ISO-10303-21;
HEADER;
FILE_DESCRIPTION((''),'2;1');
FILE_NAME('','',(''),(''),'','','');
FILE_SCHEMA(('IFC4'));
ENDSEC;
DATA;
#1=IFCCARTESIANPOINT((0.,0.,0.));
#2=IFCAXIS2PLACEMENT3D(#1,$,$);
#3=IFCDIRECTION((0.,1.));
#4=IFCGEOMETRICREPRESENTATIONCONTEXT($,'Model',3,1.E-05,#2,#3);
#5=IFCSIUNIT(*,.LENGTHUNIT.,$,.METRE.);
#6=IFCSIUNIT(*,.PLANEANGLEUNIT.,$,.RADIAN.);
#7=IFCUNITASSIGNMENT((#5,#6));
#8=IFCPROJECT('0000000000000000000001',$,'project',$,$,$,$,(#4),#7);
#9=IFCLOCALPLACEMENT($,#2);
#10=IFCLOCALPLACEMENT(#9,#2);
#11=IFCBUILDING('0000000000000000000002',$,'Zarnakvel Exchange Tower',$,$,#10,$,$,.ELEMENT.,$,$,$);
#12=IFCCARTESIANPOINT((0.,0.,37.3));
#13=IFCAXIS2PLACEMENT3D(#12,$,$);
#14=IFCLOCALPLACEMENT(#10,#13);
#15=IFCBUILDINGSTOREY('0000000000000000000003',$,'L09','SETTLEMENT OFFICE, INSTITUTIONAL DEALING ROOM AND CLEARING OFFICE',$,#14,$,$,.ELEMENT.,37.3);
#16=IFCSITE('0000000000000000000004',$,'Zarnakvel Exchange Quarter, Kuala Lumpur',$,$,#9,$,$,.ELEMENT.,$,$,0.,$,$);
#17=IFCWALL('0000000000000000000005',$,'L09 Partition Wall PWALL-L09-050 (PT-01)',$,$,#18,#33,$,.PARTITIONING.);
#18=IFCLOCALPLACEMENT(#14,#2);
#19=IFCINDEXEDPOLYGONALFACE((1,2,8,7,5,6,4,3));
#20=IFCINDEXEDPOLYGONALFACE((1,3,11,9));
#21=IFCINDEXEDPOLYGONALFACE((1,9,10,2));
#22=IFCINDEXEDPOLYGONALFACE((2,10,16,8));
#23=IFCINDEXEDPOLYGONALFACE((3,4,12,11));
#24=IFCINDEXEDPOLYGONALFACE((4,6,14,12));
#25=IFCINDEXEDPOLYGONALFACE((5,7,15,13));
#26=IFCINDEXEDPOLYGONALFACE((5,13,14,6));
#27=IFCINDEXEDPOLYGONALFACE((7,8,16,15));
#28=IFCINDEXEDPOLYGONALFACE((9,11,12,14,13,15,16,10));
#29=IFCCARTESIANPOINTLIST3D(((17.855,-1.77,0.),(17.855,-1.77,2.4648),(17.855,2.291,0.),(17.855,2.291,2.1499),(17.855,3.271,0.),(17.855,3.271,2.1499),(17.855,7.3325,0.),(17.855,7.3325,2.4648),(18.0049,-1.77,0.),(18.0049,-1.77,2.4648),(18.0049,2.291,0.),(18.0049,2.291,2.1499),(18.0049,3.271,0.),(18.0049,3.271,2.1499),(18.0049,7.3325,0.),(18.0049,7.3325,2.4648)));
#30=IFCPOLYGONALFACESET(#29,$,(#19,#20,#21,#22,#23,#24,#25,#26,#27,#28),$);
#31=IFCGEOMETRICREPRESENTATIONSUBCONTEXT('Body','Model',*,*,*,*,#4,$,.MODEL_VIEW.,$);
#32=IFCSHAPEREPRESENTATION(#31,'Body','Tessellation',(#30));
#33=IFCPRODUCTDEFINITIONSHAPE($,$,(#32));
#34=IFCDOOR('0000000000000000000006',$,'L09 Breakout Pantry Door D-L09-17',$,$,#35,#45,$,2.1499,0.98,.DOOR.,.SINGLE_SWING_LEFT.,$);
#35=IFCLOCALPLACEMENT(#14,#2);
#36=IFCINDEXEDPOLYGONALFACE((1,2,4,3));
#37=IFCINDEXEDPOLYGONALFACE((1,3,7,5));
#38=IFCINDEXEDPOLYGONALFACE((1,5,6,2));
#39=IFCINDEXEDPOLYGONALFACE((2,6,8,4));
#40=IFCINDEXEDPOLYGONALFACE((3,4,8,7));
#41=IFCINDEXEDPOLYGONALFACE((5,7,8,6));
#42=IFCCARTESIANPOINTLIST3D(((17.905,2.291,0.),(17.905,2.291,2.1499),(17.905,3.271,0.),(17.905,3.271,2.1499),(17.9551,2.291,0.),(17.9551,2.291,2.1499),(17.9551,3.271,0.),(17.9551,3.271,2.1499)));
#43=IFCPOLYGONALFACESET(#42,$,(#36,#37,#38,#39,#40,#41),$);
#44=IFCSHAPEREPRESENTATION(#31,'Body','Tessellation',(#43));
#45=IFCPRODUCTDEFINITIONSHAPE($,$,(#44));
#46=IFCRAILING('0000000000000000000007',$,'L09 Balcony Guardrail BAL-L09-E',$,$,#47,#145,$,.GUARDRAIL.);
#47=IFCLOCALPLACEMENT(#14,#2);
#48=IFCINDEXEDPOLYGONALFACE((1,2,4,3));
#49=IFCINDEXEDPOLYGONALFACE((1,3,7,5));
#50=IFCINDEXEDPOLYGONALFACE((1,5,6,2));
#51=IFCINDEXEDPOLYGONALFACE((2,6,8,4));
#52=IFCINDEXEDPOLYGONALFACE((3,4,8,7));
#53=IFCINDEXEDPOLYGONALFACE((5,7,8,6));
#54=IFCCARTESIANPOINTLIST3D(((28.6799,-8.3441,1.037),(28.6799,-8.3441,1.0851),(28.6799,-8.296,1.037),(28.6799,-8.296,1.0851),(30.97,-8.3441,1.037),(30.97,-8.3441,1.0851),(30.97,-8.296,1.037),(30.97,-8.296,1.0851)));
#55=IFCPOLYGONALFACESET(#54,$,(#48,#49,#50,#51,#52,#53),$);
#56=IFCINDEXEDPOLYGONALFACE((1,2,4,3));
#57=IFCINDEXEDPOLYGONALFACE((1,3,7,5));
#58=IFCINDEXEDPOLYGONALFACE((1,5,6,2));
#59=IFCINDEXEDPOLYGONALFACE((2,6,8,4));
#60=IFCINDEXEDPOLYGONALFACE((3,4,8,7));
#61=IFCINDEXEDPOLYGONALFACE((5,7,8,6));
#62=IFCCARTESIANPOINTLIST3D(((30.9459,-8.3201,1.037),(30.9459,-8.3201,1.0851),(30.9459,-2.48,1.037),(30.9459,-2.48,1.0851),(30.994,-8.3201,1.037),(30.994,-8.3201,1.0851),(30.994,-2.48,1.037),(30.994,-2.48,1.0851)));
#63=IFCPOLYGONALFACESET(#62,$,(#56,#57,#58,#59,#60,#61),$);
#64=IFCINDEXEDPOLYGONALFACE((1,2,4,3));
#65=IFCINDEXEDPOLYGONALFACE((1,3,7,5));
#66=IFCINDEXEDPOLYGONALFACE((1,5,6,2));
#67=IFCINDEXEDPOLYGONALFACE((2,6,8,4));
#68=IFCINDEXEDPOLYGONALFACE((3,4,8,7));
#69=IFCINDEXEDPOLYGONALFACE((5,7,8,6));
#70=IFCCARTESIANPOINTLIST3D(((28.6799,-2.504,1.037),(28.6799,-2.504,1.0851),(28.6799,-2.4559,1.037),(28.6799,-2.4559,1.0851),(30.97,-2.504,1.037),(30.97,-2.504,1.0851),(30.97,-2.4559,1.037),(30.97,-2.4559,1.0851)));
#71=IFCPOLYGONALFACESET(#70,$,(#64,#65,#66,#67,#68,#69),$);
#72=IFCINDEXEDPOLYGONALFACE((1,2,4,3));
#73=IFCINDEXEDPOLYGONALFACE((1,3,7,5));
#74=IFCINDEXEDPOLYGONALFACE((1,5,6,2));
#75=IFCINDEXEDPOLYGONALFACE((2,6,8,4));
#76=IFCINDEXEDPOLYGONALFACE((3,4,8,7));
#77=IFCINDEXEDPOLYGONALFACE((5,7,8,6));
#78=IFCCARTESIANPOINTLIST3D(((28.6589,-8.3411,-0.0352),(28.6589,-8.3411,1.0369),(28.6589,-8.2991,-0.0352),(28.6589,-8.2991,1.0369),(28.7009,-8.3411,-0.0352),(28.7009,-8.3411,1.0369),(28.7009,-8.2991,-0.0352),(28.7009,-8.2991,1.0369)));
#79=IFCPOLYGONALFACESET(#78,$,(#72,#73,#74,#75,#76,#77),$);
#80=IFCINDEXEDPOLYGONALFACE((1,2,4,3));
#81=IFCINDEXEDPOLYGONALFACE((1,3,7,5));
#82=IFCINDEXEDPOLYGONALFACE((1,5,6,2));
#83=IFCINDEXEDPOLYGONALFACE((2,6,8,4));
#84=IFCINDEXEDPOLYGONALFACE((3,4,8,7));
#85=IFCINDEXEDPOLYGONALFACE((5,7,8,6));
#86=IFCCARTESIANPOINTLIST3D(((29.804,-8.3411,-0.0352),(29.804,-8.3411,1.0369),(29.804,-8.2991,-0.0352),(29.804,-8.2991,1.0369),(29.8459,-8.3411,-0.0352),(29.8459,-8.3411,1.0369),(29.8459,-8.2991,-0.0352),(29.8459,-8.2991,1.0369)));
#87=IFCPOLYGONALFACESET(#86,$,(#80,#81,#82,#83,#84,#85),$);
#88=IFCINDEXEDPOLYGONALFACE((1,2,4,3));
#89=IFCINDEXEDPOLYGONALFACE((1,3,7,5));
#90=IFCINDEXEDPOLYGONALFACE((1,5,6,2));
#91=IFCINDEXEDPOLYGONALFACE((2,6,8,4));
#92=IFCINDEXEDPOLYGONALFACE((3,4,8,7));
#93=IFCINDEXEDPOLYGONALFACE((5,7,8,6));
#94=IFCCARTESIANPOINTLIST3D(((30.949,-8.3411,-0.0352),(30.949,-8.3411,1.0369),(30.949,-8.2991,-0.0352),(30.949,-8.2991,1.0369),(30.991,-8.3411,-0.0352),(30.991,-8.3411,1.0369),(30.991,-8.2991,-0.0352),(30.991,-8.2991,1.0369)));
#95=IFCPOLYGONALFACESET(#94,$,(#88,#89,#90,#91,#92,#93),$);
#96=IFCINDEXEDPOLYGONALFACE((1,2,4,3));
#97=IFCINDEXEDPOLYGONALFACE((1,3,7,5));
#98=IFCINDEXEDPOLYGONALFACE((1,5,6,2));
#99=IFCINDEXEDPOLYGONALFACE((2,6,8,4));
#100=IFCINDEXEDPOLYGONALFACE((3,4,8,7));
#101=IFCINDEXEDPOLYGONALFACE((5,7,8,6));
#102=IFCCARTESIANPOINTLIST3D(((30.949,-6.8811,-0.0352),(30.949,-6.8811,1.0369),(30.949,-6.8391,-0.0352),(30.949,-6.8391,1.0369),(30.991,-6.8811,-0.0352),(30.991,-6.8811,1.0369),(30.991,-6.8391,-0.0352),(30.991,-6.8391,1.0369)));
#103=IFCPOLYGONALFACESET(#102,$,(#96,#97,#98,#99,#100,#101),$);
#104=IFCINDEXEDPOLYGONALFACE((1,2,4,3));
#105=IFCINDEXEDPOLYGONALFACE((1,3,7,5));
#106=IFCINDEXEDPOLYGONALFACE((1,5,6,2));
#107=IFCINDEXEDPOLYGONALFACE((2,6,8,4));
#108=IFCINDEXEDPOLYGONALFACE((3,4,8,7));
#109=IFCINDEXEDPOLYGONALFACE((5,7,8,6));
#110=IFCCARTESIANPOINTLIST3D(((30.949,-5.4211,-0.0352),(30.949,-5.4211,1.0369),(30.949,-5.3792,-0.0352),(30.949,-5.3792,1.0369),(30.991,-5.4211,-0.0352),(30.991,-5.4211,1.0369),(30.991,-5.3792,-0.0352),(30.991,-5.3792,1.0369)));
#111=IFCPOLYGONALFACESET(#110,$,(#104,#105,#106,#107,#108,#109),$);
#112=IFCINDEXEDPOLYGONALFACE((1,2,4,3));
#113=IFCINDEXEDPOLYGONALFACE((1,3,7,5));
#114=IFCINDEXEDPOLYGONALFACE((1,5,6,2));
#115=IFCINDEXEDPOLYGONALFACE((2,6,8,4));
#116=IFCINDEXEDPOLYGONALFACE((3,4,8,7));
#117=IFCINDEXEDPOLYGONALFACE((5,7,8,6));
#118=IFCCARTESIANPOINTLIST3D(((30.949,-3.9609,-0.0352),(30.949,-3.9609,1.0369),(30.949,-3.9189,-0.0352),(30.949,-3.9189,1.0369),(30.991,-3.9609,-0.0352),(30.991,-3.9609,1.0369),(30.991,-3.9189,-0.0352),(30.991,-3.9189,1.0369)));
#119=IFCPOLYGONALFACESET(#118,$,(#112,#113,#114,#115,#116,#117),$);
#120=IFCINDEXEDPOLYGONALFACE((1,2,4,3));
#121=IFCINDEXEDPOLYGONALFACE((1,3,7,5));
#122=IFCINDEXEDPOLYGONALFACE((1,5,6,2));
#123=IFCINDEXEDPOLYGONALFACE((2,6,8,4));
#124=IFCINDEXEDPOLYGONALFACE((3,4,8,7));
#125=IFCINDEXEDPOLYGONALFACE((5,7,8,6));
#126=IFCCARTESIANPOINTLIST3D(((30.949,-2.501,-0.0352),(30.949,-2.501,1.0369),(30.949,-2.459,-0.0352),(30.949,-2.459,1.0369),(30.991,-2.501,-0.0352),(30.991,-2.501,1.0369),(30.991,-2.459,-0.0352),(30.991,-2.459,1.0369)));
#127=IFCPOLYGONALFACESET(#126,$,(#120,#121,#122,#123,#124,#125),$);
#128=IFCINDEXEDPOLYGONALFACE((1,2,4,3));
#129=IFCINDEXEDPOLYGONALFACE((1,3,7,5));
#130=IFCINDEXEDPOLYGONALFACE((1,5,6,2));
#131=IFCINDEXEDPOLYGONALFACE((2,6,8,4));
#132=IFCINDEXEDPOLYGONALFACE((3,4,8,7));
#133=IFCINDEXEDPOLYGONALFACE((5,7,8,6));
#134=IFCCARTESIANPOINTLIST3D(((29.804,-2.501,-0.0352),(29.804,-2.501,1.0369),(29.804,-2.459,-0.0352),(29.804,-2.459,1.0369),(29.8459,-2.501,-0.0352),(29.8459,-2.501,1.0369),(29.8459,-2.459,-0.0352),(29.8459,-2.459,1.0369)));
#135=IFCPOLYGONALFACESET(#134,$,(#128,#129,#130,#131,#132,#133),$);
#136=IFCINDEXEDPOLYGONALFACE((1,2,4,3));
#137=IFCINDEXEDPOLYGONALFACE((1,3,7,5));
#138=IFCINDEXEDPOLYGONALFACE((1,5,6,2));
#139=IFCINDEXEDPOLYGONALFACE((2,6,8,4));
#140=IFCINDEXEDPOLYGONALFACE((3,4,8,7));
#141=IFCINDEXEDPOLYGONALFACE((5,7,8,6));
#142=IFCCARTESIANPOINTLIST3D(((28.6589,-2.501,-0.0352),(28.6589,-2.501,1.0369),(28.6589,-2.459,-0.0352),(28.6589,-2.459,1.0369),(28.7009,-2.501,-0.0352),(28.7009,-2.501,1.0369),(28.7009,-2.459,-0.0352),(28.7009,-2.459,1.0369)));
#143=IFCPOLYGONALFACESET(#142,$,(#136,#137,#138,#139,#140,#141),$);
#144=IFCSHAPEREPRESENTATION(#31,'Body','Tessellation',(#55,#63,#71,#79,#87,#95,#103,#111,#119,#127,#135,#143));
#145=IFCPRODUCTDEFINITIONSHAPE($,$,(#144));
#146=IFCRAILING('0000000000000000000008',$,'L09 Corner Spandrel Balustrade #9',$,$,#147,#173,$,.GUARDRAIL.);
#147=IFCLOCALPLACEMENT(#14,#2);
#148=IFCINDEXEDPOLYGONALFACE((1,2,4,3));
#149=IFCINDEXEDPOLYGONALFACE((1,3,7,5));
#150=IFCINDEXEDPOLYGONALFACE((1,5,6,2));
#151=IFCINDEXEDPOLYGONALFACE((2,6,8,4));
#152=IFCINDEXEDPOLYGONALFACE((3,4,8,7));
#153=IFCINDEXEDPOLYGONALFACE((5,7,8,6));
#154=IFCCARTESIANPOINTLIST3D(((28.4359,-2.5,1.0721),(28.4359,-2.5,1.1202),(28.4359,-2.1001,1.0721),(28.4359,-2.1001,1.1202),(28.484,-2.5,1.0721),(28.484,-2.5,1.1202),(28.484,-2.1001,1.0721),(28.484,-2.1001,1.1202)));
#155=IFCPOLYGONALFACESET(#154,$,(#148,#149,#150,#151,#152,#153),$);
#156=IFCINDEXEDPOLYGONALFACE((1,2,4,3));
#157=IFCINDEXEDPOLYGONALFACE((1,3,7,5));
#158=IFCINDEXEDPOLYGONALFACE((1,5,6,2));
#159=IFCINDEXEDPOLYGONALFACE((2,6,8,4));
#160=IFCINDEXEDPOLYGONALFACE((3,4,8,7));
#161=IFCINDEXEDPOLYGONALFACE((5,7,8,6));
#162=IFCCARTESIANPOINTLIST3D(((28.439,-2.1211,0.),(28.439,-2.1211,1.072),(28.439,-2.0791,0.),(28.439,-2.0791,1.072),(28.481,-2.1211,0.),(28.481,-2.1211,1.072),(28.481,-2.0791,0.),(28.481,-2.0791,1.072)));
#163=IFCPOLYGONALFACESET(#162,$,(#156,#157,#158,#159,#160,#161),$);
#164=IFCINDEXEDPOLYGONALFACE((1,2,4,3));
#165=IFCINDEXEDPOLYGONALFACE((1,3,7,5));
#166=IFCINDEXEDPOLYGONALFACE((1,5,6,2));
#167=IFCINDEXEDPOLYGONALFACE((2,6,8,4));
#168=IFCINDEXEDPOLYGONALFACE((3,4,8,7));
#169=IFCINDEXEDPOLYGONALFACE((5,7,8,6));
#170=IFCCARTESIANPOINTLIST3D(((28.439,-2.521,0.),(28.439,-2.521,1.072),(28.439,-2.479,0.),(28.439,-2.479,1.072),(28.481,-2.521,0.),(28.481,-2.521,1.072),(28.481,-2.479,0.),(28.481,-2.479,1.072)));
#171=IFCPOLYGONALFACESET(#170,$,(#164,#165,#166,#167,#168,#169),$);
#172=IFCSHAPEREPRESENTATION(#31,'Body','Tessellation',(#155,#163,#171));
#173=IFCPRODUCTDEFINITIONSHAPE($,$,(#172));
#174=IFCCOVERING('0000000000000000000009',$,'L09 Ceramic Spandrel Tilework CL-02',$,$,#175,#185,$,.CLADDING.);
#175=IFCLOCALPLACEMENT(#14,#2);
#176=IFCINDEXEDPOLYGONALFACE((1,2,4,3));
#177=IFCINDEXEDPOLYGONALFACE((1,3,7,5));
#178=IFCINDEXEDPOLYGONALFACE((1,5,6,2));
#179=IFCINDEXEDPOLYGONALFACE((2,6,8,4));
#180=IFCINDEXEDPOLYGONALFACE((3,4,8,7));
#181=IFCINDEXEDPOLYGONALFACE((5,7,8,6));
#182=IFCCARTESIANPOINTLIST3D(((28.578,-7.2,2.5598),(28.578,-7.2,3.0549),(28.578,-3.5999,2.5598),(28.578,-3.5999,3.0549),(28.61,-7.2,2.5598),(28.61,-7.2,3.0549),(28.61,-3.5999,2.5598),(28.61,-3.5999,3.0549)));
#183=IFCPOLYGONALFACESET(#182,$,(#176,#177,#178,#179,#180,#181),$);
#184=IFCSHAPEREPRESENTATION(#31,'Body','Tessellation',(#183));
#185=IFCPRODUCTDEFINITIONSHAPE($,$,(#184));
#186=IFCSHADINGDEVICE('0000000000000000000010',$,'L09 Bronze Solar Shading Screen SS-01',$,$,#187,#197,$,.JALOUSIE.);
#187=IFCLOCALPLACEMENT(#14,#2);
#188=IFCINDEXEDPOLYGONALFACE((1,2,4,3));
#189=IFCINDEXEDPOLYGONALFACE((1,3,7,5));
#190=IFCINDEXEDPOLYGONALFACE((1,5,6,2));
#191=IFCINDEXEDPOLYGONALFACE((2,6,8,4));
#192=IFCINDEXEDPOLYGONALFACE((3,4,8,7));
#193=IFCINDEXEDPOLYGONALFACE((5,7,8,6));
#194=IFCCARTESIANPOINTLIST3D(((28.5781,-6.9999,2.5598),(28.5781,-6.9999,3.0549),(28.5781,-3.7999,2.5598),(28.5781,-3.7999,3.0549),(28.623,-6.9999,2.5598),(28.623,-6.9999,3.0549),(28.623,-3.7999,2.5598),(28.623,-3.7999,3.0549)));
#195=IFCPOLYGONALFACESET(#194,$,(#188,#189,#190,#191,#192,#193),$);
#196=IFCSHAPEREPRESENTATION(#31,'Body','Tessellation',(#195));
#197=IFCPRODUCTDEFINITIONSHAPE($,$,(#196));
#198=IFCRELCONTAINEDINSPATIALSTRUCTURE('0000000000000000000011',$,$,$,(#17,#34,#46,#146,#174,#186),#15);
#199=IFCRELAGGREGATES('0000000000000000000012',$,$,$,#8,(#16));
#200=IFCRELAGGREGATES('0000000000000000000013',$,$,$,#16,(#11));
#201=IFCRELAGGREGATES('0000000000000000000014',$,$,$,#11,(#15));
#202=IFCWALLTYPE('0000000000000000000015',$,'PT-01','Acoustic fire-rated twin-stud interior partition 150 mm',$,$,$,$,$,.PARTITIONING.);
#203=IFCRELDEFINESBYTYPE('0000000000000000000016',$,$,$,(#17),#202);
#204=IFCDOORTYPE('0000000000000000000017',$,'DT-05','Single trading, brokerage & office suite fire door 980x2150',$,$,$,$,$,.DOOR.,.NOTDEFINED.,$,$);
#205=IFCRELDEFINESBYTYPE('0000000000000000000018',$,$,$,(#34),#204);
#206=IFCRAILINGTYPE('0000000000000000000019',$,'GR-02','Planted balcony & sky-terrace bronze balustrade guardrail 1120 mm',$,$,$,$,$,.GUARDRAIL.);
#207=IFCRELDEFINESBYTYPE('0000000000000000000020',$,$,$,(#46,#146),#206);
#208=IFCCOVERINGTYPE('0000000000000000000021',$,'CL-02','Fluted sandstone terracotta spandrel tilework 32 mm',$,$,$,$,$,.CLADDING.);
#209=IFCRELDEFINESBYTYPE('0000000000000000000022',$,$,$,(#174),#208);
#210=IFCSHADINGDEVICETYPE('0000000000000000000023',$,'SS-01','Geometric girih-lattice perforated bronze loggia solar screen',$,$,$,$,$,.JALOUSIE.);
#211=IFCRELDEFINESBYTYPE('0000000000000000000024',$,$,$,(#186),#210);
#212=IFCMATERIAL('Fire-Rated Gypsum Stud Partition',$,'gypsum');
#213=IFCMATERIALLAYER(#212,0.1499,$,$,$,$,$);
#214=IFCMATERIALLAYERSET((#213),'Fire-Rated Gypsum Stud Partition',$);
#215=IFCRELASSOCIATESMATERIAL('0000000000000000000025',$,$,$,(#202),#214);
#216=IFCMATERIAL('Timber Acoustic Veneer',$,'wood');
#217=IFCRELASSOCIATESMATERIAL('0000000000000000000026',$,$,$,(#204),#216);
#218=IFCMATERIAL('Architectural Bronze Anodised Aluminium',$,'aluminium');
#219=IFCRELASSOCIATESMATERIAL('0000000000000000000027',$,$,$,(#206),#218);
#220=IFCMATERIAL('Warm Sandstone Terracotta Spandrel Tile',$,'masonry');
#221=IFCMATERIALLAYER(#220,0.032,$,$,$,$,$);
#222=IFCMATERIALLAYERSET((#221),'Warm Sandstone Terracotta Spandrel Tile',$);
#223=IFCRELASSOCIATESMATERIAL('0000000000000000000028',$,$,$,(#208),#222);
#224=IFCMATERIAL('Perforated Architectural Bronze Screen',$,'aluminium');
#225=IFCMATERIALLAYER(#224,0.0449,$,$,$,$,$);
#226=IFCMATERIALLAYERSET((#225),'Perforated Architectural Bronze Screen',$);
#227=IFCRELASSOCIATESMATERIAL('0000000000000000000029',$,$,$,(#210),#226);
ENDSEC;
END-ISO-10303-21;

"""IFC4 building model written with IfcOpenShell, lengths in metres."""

from ifc_helpers import new_model, si_unit, direction, frame, frame_2d, origin, origin_2d, place, context, subcontext, project, spatial, rectangle, extrude, source, transform, mapped, material, layer, layer_set, type_object, element, fill, save


model = new_model("IFC4")

# Units and contexts
model_context = context("Model", 3, precision=1e-05, world=origin(), true_north=direction((0.0, 1.0)))
body_context = subcontext(model_context, "Body", "Model", "MODEL_VIEW")
ifc_project = project(units=[si_unit("LENGTHUNIT", "METRE"), si_unit("PLANEANGLEUNIT", "RADIAN")], contexts=[model_context])

# Site, building, storey
site_placement = place(None, origin())
site = spatial("IfcSite", under=ifc_project, at=site_placement, Name="Zarnakvel Exchange Quarter, Kuala Lumpur", CompositionType="ELEMENT", RefElevation=0.0)
building_placement = place(site_placement, origin())
building = spatial("IfcBuilding", under=site, at=building_placement, Name="Zarnakvel Exchange Tower", CompositionType="ELEMENT")
storey_placement = place(building_placement, frame((0.0, 0.0, 37.3)))
storey = spatial("IfcBuildingStorey", under=building, at=storey_placement, Name="L09", Description="SETTLEMENT OFFICE, INSTITUTIONAL DEALING ROOM AND CLEARING OFFICE", CompositionType="ELEMENT", Elevation=37.3)

# Shared definitions
ifc_material_1 = material(Name="Architectural Bronze Anodised Aluminium", Category="aluminium")

# Shared definitions
ifc_material_2 = material(Name="Fire-Rated Gypsum Stud Partition", Category="gypsum")
ifc_layer_1 = layer(ifc_material_2, 0.1499)
ifc_layer_set_1 = layer_set([ifc_layer_1], Name="Fire-Rated Gypsum Stud Partition")
wall_type_1 = type_object("IfcWallType", Name="PT-01", Description="Acoustic fire-rated twin-stud interior partition 150 mm", PredefinedType="PARTITIONING", material=ifc_layer_set_1)

# Shared definitions
ifc_material_3 = material(Name="Timber Acoustic Veneer", Category="wood")
door_type_1 = type_object("IfcDoorType", Name="DT-05", Description="Single trading, brokerage & office suite fire door 980x2150", OperationType="NOTDEFINED", PredefinedType="DOOR", material=ifc_material_3)
shared_shape_1 = source(origin(), body_context, "Body", "SweptSolid", [
    extrude(rectangle(XDim=0.98, YDim=2.1499, at=frame_2d((0.49, 1.075))), frame((0.0, 0.0249, 0.0), z_axis=(0.0, -1.0, 0.0), x_axis=(1.0, 0.0, 0.0)), (0.0, 0.0, 1.0), 0.05),
])

# Wall, opening, door
wall_1_placement = place(storey_placement, frame((17.9299, -1.77, 0.0), z_axis=(0.0, 0.0, 1.0), x_axis=(0.0, 1.0, 0.0)))
wall_1 = element("IfcWall", 1, at=wall_1_placement, inside=storey, type_object=wall_type_1, Name="L09 Partition Wall PWALL-L09-050 (PT-01)", PredefinedType="PARTITIONING", context=body_context, shape_type="SweptSolid", body=[
    extrude(rectangle(XDim=9.1025, YDim=0.1499, at=frame_2d((4.5513, 0.0))), origin(), (0.0, 0.0, 1.0), 2.4648),
])
opening_1_placement = place(wall_1_placement, frame((4.061, 0.0, 0.0)))
opening_1 = element("IfcOpeningElement", 2, at=opening_1_placement, cuts=wall_1, PredefinedType="OPENING", context=body_context, shape_type="SweptSolid", body=[
    extrude(rectangle(XDim=0.98, YDim=2.1499, at=frame_2d((0.49, 1.075))), frame((0.0, 0.085, 0.0), z_axis=(0.0, -1.0, 0.0), x_axis=(1.0, 0.0, 0.0)), (0.0, 0.0, 1.0), 0.1699),
])
door_1_placement = place(opening_1_placement, origin())
door_1 = element("IfcDoor", 3, at=door_1_placement, inside=storey, type_object=door_type_1, Name="L09 Breakout Pantry Door D-L09-17", OperationType="SINGLE_SWING_LEFT", OverallHeight=2.1499, OverallWidth=0.98, PredefinedType="DOOR", context=body_context, shape_type="MappedRepresentation", body=[
    mapped(shared_shape_1, transform((0.0, 0.0, 0.0), x_axis=(1.0, 0.0, 0.0), y_axis=(0.0, 1.0, 0.0), z_axis=(0.0, 0.0, 1.0), scale=1.0)),
])
fill(opening_1, door_1)

# Railings
railing_type = type_object("IfcRailingType", Name="GR-02", Description="Planted balcony & sky-terrace bronze balustrade guardrail 1120 mm", PredefinedType="GUARDRAIL", material=ifc_material_1)
railing_1_placement = place(storey_placement, frame((28.6799, -8.3201, -0.0352)))
element("IfcRailing", 4, at=railing_1_placement, inside=storey, type_object=railing_type, Name="L09 Balcony Guardrail BAL-L09-E", PredefinedType="GUARDRAIL", context=body_context, shape_type="SweptSolid", body=[
    extrude(rectangle(XDim=0.0481, YDim=0.0481, at=origin_2d()), frame((0.0, 0.0, 1.0962), z_axis=(1.0, 0.0, 0.0), x_axis=(0.0, 1.0, 0.0)), (0.0, 0.0, 1.0), 2.29),
    extrude(rectangle(XDim=0.0481, YDim=0.0481, at=origin_2d()), frame((2.29, 0.0, 1.0962), z_axis=(0.0, 1.0, 0.0), x_axis=(-1.0, 0.0, 0.0)), (0.0, 0.0, 1.0), 5.8401),
    extrude(rectangle(XDim=0.0481, YDim=0.0481, at=origin_2d()), frame((2.29, 5.8401, 1.0962), z_axis=(-1.0, 0.0, 0.0), x_axis=(0.0, -1.0, 0.0)), (0.0, 0.0, 1.0), 2.29),
    extrude(rectangle(XDim=0.042, YDim=0.042, at=origin_2d()), origin(), (0.0, 0.0, 1.0), 1.072),
    extrude(rectangle(XDim=0.042, YDim=0.042, at=origin_2d()), frame((1.145, 0.0, 0.0)), (0.0, 0.0, 1.0), 1.072),
    extrude(rectangle(XDim=0.042, YDim=0.042, at=origin_2d()), frame((2.29, 0.0, 0.0)), (0.0, 0.0, 1.0), 1.072),
    extrude(rectangle(XDim=0.042, YDim=0.042, at=origin_2d()), frame((2.29, 1.46, 0.0)), (0.0, 0.0, 1.0), 1.072),
    extrude(rectangle(XDim=0.042, YDim=0.042, at=origin_2d()), frame((2.29, 2.9199, 0.0)), (0.0, 0.0, 1.0), 1.072),
    extrude(rectangle(XDim=0.042, YDim=0.042, at=origin_2d()), frame((2.29, 4.3801, 0.0)), (0.0, 0.0, 1.0), 1.072),
    extrude(rectangle(XDim=0.042, YDim=0.042, at=origin_2d()), frame((2.29, 5.8401, 0.0)), (0.0, 0.0, 1.0), 1.072),
    extrude(rectangle(XDim=0.042, YDim=0.042, at=origin_2d()), frame((1.145, 5.8401, 0.0)), (0.0, 0.0, 1.0), 1.072),
    extrude(rectangle(XDim=0.042, YDim=0.042, at=origin_2d()), frame((0.0, 5.8401, 0.0)), (0.0, 0.0, 1.0), 1.072),
])
railing_2_placement = place(storey_placement, frame((28.46, -2.1001, 0.0)))
element("IfcRailing", 5, at=railing_2_placement, inside=storey, type_object=railing_type, Name="L09 Corner Spandrel Balustrade #9", PredefinedType="GUARDRAIL", context=body_context, shape_type="SweptSolid", body=[
    extrude(rectangle(XDim=0.0481, YDim=0.0481, at=origin_2d()), frame((0.0, 0.0, 1.0962), z_axis=(0.0, -1.0, 0.0), x_axis=(1.0, 0.0, 0.0)), (0.0, 0.0, 1.0), 0.3999),
    extrude(rectangle(XDim=0.042, YDim=0.042, at=origin_2d()), origin(), (0.0, 0.0, 1.0), 1.072),
    extrude(rectangle(XDim=0.042, YDim=0.042, at=origin_2d()), frame((0.0, -0.3999, 0.0)), (0.0, 0.0, 1.0), 1.072),
])

# Covering
ifc_material_4 = material(Name="Warm Sandstone Terracotta Spandrel Tile", Category="masonry")
ifc_layer_2 = layer(ifc_material_4, 0.032)
ifc_layer_set_2 = layer_set([ifc_layer_2], Name="Warm Sandstone Terracotta Spandrel Tile")
covering_type = type_object("IfcCoveringType", Name="CL-02", Description="Fluted sandstone terracotta spandrel tilework 32 mm", PredefinedType="CLADDING", material=ifc_layer_set_2)
shared_shape_2 = source(origin(), body_context, "Body", "SweptSolid", [
    extrude(rectangle(XDim=3.6001, YDim=0.032, at=origin_2d()), origin(), (0.0, 0.0, 1.0), 0.4951),
])
covering_placement = place(storey_placement, frame((28.594, -5.3999, 2.5598), z_axis=(0.0, 0.0, 1.0), x_axis=(0.0, -1.0, 0.0)))
element("IfcCovering", 6, at=covering_placement, inside=storey, type_object=covering_type, Name="L09 Ceramic Spandrel Tilework CL-02", PredefinedType="CLADDING", context=body_context, shape_type="MappedRepresentation", body=[
    mapped(shared_shape_2, transform((0.0, 0.0, 0.0), x_axis=(1.0, 0.0, 0.0), y_axis=(0.0, 1.0, 0.0), z_axis=(0.0, 0.0, 1.0), scale=1.0)),
])

# Shading device
ifc_material_5 = material(Name="Perforated Architectural Bronze Screen", Category="aluminium")
ifc_layer_3 = layer(ifc_material_5, 0.0449)
ifc_layer_set_3 = layer_set([ifc_layer_3], Name="Perforated Architectural Bronze Screen")
shading_device_type = type_object("IfcShadingDeviceType", Name="SS-01", Description="Geometric girih-lattice perforated bronze loggia solar screen", PredefinedType="JALOUSIE", material=ifc_layer_set_3)
shared_shape_3 = source(origin(), body_context, "Body", "SweptSolid", [
    extrude(rectangle(XDim=3.2, YDim=0.0449, at=origin_2d()), origin(), (0.0, 0.0, 1.0), 0.4951),
])
shading_device_placement = place(storey_placement, frame((28.6006, -5.3999, 2.5598), z_axis=(0.0, 0.0, 1.0), x_axis=(0.0, -1.0, 0.0)))
element("IfcShadingDevice", 7, at=shading_device_placement, inside=storey, type_object=shading_device_type, Name="L09 Bronze Solar Shading Screen SS-01", PredefinedType="JALOUSIE", context=body_context, shape_type="MappedRepresentation", body=[
    mapped(shared_shape_3, transform((0.0, 0.0, 0.0), x_axis=(1.0, 0.0, 0.0), y_axis=(0.0, 1.0, 0.0), z_axis=(0.0, 0.0, 1.0), scale=1.0)),
])

save(model, "model.ifc")
